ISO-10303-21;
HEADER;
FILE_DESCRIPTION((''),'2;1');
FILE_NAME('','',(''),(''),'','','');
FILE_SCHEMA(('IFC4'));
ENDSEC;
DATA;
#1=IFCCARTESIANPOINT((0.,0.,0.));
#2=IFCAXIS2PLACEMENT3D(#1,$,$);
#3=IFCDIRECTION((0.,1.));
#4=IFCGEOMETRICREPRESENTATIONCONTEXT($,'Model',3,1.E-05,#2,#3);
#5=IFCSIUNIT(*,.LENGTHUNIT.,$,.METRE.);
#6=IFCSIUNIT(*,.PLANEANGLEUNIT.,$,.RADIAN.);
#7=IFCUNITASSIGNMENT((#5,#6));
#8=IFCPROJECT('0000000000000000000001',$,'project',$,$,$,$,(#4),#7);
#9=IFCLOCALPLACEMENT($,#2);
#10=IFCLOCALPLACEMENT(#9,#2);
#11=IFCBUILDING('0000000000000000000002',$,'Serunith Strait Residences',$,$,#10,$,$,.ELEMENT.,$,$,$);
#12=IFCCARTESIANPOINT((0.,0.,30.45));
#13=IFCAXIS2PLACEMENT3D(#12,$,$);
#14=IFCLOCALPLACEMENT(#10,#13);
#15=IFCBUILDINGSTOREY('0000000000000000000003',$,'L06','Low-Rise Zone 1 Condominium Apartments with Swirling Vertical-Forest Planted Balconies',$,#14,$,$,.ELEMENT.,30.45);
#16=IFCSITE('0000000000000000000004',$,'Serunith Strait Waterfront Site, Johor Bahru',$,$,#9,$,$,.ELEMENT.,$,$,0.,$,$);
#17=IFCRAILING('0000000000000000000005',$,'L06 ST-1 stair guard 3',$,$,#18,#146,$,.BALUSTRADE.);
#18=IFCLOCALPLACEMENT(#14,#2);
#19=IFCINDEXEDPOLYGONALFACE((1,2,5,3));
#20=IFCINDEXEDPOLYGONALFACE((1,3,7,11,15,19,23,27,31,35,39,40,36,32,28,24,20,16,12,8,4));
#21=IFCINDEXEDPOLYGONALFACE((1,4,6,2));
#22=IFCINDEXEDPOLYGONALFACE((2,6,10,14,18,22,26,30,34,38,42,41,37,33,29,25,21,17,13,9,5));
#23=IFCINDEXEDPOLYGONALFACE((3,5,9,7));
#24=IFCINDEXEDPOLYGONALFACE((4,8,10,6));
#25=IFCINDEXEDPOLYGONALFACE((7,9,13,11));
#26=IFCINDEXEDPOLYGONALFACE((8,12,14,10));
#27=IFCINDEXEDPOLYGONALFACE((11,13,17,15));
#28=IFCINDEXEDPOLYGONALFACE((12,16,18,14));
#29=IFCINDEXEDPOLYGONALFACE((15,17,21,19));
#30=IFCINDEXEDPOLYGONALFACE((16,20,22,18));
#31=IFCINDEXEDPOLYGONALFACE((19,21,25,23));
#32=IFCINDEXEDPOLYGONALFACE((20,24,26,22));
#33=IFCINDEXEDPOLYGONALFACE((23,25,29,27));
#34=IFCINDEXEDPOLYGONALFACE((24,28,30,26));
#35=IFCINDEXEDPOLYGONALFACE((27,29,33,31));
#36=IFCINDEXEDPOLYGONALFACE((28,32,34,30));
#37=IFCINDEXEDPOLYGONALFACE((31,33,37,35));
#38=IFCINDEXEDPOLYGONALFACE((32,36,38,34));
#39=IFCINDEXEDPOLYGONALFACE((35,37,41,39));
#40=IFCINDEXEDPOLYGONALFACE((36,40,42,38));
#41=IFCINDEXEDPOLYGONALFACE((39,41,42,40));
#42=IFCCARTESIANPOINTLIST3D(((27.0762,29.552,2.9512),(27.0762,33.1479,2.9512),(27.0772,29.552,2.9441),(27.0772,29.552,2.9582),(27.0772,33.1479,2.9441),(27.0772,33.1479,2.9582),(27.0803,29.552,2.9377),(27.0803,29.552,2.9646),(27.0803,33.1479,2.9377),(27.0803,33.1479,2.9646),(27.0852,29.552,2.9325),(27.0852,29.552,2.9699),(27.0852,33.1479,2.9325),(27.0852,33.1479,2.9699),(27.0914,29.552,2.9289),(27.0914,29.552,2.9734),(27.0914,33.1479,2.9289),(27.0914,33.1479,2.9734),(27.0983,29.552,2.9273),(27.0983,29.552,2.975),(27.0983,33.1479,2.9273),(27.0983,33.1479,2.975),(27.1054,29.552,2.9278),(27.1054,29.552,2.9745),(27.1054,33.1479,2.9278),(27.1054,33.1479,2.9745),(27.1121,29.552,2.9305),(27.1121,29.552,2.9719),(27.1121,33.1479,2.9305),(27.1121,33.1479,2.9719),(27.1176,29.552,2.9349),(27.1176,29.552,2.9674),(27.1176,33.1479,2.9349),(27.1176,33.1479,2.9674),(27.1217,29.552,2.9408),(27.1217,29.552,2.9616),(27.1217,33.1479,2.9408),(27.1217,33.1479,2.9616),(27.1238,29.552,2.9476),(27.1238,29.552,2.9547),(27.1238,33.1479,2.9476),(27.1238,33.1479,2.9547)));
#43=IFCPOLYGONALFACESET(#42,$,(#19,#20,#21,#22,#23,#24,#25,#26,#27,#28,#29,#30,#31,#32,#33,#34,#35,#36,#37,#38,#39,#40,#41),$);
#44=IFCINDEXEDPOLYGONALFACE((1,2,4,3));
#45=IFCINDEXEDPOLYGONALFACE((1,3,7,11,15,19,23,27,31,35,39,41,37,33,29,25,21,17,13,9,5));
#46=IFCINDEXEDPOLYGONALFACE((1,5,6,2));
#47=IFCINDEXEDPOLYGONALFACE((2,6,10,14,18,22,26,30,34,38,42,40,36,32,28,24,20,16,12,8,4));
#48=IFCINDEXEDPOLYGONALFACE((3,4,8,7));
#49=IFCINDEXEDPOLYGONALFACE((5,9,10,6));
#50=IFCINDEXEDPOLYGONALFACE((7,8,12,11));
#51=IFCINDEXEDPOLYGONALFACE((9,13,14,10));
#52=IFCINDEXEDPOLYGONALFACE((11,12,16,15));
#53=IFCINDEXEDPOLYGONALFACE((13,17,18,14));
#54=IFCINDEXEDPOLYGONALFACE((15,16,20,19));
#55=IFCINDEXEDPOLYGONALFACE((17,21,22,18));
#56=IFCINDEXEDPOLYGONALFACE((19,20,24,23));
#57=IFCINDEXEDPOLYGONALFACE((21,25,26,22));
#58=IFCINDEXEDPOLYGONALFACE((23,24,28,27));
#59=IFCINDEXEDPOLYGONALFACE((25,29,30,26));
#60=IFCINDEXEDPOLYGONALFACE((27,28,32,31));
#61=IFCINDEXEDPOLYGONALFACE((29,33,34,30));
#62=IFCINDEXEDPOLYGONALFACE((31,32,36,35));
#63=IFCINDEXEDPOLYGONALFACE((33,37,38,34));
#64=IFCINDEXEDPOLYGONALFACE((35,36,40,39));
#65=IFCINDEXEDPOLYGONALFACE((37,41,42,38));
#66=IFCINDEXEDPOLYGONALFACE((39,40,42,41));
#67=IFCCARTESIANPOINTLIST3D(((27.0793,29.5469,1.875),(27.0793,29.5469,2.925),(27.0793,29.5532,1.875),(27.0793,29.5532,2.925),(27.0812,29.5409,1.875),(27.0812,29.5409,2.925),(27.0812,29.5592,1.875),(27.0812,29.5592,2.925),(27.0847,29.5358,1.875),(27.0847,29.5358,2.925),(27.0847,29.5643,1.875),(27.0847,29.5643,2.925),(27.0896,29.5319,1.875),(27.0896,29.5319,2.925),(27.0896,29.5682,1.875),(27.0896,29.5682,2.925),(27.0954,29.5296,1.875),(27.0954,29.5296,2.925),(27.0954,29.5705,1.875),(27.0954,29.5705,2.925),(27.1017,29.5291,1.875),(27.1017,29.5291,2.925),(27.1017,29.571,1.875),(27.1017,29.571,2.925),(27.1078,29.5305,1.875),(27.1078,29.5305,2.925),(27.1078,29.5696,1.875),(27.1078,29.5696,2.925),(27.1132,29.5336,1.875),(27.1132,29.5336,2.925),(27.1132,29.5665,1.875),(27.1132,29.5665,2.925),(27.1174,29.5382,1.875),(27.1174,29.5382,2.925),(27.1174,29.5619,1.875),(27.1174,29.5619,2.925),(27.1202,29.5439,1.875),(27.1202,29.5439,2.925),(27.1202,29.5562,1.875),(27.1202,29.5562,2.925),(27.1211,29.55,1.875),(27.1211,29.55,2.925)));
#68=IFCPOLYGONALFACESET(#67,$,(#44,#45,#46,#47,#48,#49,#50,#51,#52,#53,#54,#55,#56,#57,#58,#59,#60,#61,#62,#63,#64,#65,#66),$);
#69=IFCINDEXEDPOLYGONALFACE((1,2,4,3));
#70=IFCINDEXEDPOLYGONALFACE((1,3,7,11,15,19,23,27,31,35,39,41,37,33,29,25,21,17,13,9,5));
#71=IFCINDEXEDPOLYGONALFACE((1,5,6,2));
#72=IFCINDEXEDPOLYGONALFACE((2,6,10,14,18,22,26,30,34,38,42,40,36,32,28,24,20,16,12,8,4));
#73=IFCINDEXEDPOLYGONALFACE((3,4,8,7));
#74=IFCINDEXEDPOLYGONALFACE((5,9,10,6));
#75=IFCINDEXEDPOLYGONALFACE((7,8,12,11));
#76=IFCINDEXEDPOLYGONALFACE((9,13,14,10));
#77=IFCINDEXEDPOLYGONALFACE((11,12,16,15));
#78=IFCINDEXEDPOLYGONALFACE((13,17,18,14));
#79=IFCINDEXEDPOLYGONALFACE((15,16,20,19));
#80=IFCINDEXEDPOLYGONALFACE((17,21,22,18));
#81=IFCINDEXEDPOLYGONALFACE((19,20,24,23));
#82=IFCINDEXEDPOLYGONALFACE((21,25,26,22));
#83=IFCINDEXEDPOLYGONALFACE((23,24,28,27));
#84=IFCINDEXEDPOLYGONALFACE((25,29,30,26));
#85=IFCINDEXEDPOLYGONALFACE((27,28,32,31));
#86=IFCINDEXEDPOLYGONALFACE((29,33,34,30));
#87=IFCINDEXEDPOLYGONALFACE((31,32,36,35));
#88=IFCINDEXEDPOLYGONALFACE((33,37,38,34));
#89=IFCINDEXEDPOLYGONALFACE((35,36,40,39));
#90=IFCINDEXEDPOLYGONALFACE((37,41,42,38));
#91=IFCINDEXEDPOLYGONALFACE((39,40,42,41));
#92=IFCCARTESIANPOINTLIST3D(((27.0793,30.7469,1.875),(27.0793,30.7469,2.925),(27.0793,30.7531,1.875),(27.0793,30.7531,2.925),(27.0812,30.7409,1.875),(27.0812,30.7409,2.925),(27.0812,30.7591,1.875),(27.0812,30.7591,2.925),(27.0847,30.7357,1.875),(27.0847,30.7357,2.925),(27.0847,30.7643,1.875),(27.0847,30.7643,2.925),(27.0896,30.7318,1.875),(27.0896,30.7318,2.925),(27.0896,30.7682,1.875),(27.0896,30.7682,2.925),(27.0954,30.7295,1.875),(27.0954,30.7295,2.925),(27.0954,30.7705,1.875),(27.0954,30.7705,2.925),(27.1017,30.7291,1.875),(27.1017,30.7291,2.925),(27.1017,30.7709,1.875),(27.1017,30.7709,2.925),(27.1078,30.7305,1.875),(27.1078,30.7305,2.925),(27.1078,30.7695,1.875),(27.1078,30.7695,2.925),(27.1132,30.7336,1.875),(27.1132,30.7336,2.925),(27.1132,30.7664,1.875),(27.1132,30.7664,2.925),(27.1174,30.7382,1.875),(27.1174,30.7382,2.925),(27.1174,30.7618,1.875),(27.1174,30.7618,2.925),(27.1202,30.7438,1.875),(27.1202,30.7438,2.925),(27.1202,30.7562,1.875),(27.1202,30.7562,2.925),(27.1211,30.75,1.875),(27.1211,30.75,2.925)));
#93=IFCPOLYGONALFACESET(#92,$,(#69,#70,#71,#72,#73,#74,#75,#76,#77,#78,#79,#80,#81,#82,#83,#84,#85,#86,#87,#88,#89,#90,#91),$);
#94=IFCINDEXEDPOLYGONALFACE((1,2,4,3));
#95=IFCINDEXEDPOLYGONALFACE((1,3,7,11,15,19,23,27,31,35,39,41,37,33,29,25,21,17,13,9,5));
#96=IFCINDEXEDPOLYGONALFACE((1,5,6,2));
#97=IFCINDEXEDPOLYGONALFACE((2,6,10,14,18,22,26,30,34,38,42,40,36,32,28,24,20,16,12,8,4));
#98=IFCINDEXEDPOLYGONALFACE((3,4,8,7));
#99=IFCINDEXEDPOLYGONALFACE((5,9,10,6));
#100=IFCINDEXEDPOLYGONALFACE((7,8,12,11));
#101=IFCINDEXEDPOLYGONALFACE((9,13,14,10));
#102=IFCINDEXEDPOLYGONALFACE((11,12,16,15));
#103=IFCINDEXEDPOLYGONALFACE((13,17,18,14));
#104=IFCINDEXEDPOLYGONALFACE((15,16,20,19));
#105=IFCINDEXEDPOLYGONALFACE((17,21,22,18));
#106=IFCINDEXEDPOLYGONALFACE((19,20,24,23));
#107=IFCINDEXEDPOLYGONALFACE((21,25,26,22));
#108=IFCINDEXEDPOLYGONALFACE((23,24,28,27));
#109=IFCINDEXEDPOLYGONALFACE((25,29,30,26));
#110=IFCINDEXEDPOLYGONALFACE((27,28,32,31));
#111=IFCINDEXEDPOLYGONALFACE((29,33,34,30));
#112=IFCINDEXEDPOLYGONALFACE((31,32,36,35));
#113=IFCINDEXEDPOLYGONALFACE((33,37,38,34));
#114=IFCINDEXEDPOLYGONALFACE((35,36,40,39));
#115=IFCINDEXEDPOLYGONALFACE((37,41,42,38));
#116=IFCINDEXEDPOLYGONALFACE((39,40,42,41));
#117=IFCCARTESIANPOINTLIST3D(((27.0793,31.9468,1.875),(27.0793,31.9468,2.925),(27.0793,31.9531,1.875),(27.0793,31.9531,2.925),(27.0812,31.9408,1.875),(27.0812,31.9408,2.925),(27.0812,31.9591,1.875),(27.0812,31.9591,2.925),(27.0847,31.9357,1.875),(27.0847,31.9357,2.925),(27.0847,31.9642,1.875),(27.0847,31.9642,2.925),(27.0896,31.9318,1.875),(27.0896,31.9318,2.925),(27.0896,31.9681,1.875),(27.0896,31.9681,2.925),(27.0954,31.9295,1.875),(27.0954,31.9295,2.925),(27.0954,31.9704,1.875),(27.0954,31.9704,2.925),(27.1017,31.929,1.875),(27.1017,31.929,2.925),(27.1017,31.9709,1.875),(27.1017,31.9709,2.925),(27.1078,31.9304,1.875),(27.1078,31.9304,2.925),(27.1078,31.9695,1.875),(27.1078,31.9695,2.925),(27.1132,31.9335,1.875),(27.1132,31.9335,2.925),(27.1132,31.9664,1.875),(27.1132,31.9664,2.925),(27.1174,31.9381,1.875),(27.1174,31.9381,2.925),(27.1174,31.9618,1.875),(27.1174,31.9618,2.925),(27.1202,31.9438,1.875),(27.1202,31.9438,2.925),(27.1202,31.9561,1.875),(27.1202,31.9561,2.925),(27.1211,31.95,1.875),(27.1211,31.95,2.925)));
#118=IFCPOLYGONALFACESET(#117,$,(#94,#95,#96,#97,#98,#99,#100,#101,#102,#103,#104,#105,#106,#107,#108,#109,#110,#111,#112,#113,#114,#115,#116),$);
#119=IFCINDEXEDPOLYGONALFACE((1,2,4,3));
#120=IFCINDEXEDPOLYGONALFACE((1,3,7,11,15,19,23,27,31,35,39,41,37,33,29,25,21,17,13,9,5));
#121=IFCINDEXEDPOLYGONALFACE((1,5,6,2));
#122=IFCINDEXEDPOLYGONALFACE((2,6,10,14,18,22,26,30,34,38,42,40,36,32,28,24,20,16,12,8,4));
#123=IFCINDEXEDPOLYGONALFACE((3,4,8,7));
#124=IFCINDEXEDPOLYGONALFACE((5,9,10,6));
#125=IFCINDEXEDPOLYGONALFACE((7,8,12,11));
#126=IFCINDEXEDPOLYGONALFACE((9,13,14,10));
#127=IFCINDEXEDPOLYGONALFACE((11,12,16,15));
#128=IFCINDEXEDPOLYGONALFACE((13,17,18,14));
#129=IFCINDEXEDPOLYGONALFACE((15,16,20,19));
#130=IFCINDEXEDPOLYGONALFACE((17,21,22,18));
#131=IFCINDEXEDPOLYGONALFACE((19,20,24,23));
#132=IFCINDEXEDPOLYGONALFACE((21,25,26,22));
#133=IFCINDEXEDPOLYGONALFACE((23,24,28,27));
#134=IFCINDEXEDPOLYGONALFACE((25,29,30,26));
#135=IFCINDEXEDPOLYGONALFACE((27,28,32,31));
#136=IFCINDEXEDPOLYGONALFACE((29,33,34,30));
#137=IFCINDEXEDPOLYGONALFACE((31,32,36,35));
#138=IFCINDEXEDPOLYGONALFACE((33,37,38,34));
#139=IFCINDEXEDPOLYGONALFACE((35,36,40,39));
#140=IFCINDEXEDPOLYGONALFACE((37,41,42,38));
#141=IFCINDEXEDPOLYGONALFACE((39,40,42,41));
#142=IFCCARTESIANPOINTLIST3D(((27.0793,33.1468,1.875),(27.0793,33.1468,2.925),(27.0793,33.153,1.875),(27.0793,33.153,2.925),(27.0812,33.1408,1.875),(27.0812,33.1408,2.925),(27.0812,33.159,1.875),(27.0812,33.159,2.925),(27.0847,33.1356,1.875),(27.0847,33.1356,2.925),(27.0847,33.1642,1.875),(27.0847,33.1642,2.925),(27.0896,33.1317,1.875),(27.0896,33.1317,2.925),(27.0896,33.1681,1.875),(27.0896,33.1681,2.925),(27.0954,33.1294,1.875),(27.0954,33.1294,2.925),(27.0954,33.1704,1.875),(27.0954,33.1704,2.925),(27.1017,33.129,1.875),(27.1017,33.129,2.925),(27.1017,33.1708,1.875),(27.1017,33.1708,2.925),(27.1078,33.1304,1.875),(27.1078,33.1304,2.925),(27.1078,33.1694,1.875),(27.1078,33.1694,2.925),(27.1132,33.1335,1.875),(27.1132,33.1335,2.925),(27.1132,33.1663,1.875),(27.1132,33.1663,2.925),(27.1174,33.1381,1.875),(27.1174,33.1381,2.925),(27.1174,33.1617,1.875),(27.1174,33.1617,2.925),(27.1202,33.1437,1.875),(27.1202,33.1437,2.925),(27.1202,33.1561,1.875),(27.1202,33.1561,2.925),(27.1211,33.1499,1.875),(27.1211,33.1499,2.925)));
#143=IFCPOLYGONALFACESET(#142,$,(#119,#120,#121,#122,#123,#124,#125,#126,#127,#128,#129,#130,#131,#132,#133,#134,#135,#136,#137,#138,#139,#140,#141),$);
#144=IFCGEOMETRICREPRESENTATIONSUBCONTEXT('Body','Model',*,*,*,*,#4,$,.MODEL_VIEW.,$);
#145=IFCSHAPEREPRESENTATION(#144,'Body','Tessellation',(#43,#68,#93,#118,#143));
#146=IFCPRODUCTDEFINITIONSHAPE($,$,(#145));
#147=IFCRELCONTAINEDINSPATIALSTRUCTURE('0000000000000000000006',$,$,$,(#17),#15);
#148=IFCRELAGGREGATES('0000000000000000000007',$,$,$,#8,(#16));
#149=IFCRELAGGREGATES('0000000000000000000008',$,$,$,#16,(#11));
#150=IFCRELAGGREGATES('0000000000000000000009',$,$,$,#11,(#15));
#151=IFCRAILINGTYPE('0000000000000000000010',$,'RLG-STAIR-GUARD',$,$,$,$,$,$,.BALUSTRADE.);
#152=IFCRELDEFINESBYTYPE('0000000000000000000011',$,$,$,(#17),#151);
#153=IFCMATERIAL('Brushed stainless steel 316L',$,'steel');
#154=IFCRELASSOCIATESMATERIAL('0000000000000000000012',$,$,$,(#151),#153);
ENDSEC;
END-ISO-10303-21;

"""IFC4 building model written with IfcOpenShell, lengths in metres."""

from ifc_helpers import new_model, si_unit, direction, frame, origin, origin_2d, place, context, subcontext, project, spatial, circle, extrude, material, type_object, element, save


model = new_model("IFC4")

# Units and contexts
model_context = context("Model", 3, precision=1e-05, world=origin(), true_north=direction((0.0, 1.0)))
body_context = subcontext(model_context, "Body", "Model", "MODEL_VIEW")
ifc_project = project(units=[si_unit("LENGTHUNIT", "METRE"), si_unit("PLANEANGLEUNIT", "RADIAN")], contexts=[model_context])

# Site, building, storey
site_placement = place(None, origin())
site = spatial("IfcSite", under=ifc_project, at=site_placement, Name="Serunith Strait Waterfront Site, Johor Bahru", CompositionType="ELEMENT", RefElevation=0.0)
building_placement = place(site_placement, origin())
building = spatial("IfcBuilding", under=site, at=building_placement, Name="Serunith Strait Residences", CompositionType="ELEMENT")
storey_placement = place(building_placement, frame((0.0, 0.0, 30.45)))
storey = spatial("IfcBuildingStorey", under=building, at=storey_placement, Name="L06", Description="Low-Rise Zone 1 Condominium Apartments with Swirling Vertical-Forest Planted Balconies", CompositionType="ELEMENT", Elevation=30.45)

# Railing
ifc_material_1 = material(Name="Brushed stainless steel 316L", Category="steel")
railing_type_1 = type_object("IfcRailingType", Name="RLG-STAIR-GUARD", PredefinedType="BALUSTRADE", material=ifc_material_1)
for number, where, name in (
    (1, (27.1001, 29.55, 1.875), "L06 ST-1 stair guard 3"),
):
    element("IfcRailing", number, at=place(storey_placement, frame(where)), inside=storey, type_object=railing_type_1, Name=name, PredefinedType="BALUSTRADE", context=body_context, shape_type="SweptSolid", body=[
        extrude(circle(Radius=0.0239, at=origin_2d()), frame((0.0, 0.002, 1.0762), z_axis=(0.0, 1.0, 0.0), x_axis=(-1.0, 0.0, 0.0)), (0.0, 0.0, 1.0), 3.5959),
        extrude(circle(Radius=0.021, at=origin_2d()), origin(), (0.0, 0.0, 1.0), 1.05),
        extrude(circle(Radius=0.021, at=origin_2d()), frame((0.0, 1.2, 0.0)), (0.0, 0.0, 1.0), 1.05),
        extrude(circle(Radius=0.021, at=origin_2d()), frame((0.0, 2.3999, 0.0)), (0.0, 0.0, 1.0), 1.05),
        extrude(circle(Radius=0.021, at=origin_2d()), frame((0.0, 3.5999, 0.0)), (0.0, 0.0, 1.0), 1.05),
    ])

save(model, "model.ifc")
